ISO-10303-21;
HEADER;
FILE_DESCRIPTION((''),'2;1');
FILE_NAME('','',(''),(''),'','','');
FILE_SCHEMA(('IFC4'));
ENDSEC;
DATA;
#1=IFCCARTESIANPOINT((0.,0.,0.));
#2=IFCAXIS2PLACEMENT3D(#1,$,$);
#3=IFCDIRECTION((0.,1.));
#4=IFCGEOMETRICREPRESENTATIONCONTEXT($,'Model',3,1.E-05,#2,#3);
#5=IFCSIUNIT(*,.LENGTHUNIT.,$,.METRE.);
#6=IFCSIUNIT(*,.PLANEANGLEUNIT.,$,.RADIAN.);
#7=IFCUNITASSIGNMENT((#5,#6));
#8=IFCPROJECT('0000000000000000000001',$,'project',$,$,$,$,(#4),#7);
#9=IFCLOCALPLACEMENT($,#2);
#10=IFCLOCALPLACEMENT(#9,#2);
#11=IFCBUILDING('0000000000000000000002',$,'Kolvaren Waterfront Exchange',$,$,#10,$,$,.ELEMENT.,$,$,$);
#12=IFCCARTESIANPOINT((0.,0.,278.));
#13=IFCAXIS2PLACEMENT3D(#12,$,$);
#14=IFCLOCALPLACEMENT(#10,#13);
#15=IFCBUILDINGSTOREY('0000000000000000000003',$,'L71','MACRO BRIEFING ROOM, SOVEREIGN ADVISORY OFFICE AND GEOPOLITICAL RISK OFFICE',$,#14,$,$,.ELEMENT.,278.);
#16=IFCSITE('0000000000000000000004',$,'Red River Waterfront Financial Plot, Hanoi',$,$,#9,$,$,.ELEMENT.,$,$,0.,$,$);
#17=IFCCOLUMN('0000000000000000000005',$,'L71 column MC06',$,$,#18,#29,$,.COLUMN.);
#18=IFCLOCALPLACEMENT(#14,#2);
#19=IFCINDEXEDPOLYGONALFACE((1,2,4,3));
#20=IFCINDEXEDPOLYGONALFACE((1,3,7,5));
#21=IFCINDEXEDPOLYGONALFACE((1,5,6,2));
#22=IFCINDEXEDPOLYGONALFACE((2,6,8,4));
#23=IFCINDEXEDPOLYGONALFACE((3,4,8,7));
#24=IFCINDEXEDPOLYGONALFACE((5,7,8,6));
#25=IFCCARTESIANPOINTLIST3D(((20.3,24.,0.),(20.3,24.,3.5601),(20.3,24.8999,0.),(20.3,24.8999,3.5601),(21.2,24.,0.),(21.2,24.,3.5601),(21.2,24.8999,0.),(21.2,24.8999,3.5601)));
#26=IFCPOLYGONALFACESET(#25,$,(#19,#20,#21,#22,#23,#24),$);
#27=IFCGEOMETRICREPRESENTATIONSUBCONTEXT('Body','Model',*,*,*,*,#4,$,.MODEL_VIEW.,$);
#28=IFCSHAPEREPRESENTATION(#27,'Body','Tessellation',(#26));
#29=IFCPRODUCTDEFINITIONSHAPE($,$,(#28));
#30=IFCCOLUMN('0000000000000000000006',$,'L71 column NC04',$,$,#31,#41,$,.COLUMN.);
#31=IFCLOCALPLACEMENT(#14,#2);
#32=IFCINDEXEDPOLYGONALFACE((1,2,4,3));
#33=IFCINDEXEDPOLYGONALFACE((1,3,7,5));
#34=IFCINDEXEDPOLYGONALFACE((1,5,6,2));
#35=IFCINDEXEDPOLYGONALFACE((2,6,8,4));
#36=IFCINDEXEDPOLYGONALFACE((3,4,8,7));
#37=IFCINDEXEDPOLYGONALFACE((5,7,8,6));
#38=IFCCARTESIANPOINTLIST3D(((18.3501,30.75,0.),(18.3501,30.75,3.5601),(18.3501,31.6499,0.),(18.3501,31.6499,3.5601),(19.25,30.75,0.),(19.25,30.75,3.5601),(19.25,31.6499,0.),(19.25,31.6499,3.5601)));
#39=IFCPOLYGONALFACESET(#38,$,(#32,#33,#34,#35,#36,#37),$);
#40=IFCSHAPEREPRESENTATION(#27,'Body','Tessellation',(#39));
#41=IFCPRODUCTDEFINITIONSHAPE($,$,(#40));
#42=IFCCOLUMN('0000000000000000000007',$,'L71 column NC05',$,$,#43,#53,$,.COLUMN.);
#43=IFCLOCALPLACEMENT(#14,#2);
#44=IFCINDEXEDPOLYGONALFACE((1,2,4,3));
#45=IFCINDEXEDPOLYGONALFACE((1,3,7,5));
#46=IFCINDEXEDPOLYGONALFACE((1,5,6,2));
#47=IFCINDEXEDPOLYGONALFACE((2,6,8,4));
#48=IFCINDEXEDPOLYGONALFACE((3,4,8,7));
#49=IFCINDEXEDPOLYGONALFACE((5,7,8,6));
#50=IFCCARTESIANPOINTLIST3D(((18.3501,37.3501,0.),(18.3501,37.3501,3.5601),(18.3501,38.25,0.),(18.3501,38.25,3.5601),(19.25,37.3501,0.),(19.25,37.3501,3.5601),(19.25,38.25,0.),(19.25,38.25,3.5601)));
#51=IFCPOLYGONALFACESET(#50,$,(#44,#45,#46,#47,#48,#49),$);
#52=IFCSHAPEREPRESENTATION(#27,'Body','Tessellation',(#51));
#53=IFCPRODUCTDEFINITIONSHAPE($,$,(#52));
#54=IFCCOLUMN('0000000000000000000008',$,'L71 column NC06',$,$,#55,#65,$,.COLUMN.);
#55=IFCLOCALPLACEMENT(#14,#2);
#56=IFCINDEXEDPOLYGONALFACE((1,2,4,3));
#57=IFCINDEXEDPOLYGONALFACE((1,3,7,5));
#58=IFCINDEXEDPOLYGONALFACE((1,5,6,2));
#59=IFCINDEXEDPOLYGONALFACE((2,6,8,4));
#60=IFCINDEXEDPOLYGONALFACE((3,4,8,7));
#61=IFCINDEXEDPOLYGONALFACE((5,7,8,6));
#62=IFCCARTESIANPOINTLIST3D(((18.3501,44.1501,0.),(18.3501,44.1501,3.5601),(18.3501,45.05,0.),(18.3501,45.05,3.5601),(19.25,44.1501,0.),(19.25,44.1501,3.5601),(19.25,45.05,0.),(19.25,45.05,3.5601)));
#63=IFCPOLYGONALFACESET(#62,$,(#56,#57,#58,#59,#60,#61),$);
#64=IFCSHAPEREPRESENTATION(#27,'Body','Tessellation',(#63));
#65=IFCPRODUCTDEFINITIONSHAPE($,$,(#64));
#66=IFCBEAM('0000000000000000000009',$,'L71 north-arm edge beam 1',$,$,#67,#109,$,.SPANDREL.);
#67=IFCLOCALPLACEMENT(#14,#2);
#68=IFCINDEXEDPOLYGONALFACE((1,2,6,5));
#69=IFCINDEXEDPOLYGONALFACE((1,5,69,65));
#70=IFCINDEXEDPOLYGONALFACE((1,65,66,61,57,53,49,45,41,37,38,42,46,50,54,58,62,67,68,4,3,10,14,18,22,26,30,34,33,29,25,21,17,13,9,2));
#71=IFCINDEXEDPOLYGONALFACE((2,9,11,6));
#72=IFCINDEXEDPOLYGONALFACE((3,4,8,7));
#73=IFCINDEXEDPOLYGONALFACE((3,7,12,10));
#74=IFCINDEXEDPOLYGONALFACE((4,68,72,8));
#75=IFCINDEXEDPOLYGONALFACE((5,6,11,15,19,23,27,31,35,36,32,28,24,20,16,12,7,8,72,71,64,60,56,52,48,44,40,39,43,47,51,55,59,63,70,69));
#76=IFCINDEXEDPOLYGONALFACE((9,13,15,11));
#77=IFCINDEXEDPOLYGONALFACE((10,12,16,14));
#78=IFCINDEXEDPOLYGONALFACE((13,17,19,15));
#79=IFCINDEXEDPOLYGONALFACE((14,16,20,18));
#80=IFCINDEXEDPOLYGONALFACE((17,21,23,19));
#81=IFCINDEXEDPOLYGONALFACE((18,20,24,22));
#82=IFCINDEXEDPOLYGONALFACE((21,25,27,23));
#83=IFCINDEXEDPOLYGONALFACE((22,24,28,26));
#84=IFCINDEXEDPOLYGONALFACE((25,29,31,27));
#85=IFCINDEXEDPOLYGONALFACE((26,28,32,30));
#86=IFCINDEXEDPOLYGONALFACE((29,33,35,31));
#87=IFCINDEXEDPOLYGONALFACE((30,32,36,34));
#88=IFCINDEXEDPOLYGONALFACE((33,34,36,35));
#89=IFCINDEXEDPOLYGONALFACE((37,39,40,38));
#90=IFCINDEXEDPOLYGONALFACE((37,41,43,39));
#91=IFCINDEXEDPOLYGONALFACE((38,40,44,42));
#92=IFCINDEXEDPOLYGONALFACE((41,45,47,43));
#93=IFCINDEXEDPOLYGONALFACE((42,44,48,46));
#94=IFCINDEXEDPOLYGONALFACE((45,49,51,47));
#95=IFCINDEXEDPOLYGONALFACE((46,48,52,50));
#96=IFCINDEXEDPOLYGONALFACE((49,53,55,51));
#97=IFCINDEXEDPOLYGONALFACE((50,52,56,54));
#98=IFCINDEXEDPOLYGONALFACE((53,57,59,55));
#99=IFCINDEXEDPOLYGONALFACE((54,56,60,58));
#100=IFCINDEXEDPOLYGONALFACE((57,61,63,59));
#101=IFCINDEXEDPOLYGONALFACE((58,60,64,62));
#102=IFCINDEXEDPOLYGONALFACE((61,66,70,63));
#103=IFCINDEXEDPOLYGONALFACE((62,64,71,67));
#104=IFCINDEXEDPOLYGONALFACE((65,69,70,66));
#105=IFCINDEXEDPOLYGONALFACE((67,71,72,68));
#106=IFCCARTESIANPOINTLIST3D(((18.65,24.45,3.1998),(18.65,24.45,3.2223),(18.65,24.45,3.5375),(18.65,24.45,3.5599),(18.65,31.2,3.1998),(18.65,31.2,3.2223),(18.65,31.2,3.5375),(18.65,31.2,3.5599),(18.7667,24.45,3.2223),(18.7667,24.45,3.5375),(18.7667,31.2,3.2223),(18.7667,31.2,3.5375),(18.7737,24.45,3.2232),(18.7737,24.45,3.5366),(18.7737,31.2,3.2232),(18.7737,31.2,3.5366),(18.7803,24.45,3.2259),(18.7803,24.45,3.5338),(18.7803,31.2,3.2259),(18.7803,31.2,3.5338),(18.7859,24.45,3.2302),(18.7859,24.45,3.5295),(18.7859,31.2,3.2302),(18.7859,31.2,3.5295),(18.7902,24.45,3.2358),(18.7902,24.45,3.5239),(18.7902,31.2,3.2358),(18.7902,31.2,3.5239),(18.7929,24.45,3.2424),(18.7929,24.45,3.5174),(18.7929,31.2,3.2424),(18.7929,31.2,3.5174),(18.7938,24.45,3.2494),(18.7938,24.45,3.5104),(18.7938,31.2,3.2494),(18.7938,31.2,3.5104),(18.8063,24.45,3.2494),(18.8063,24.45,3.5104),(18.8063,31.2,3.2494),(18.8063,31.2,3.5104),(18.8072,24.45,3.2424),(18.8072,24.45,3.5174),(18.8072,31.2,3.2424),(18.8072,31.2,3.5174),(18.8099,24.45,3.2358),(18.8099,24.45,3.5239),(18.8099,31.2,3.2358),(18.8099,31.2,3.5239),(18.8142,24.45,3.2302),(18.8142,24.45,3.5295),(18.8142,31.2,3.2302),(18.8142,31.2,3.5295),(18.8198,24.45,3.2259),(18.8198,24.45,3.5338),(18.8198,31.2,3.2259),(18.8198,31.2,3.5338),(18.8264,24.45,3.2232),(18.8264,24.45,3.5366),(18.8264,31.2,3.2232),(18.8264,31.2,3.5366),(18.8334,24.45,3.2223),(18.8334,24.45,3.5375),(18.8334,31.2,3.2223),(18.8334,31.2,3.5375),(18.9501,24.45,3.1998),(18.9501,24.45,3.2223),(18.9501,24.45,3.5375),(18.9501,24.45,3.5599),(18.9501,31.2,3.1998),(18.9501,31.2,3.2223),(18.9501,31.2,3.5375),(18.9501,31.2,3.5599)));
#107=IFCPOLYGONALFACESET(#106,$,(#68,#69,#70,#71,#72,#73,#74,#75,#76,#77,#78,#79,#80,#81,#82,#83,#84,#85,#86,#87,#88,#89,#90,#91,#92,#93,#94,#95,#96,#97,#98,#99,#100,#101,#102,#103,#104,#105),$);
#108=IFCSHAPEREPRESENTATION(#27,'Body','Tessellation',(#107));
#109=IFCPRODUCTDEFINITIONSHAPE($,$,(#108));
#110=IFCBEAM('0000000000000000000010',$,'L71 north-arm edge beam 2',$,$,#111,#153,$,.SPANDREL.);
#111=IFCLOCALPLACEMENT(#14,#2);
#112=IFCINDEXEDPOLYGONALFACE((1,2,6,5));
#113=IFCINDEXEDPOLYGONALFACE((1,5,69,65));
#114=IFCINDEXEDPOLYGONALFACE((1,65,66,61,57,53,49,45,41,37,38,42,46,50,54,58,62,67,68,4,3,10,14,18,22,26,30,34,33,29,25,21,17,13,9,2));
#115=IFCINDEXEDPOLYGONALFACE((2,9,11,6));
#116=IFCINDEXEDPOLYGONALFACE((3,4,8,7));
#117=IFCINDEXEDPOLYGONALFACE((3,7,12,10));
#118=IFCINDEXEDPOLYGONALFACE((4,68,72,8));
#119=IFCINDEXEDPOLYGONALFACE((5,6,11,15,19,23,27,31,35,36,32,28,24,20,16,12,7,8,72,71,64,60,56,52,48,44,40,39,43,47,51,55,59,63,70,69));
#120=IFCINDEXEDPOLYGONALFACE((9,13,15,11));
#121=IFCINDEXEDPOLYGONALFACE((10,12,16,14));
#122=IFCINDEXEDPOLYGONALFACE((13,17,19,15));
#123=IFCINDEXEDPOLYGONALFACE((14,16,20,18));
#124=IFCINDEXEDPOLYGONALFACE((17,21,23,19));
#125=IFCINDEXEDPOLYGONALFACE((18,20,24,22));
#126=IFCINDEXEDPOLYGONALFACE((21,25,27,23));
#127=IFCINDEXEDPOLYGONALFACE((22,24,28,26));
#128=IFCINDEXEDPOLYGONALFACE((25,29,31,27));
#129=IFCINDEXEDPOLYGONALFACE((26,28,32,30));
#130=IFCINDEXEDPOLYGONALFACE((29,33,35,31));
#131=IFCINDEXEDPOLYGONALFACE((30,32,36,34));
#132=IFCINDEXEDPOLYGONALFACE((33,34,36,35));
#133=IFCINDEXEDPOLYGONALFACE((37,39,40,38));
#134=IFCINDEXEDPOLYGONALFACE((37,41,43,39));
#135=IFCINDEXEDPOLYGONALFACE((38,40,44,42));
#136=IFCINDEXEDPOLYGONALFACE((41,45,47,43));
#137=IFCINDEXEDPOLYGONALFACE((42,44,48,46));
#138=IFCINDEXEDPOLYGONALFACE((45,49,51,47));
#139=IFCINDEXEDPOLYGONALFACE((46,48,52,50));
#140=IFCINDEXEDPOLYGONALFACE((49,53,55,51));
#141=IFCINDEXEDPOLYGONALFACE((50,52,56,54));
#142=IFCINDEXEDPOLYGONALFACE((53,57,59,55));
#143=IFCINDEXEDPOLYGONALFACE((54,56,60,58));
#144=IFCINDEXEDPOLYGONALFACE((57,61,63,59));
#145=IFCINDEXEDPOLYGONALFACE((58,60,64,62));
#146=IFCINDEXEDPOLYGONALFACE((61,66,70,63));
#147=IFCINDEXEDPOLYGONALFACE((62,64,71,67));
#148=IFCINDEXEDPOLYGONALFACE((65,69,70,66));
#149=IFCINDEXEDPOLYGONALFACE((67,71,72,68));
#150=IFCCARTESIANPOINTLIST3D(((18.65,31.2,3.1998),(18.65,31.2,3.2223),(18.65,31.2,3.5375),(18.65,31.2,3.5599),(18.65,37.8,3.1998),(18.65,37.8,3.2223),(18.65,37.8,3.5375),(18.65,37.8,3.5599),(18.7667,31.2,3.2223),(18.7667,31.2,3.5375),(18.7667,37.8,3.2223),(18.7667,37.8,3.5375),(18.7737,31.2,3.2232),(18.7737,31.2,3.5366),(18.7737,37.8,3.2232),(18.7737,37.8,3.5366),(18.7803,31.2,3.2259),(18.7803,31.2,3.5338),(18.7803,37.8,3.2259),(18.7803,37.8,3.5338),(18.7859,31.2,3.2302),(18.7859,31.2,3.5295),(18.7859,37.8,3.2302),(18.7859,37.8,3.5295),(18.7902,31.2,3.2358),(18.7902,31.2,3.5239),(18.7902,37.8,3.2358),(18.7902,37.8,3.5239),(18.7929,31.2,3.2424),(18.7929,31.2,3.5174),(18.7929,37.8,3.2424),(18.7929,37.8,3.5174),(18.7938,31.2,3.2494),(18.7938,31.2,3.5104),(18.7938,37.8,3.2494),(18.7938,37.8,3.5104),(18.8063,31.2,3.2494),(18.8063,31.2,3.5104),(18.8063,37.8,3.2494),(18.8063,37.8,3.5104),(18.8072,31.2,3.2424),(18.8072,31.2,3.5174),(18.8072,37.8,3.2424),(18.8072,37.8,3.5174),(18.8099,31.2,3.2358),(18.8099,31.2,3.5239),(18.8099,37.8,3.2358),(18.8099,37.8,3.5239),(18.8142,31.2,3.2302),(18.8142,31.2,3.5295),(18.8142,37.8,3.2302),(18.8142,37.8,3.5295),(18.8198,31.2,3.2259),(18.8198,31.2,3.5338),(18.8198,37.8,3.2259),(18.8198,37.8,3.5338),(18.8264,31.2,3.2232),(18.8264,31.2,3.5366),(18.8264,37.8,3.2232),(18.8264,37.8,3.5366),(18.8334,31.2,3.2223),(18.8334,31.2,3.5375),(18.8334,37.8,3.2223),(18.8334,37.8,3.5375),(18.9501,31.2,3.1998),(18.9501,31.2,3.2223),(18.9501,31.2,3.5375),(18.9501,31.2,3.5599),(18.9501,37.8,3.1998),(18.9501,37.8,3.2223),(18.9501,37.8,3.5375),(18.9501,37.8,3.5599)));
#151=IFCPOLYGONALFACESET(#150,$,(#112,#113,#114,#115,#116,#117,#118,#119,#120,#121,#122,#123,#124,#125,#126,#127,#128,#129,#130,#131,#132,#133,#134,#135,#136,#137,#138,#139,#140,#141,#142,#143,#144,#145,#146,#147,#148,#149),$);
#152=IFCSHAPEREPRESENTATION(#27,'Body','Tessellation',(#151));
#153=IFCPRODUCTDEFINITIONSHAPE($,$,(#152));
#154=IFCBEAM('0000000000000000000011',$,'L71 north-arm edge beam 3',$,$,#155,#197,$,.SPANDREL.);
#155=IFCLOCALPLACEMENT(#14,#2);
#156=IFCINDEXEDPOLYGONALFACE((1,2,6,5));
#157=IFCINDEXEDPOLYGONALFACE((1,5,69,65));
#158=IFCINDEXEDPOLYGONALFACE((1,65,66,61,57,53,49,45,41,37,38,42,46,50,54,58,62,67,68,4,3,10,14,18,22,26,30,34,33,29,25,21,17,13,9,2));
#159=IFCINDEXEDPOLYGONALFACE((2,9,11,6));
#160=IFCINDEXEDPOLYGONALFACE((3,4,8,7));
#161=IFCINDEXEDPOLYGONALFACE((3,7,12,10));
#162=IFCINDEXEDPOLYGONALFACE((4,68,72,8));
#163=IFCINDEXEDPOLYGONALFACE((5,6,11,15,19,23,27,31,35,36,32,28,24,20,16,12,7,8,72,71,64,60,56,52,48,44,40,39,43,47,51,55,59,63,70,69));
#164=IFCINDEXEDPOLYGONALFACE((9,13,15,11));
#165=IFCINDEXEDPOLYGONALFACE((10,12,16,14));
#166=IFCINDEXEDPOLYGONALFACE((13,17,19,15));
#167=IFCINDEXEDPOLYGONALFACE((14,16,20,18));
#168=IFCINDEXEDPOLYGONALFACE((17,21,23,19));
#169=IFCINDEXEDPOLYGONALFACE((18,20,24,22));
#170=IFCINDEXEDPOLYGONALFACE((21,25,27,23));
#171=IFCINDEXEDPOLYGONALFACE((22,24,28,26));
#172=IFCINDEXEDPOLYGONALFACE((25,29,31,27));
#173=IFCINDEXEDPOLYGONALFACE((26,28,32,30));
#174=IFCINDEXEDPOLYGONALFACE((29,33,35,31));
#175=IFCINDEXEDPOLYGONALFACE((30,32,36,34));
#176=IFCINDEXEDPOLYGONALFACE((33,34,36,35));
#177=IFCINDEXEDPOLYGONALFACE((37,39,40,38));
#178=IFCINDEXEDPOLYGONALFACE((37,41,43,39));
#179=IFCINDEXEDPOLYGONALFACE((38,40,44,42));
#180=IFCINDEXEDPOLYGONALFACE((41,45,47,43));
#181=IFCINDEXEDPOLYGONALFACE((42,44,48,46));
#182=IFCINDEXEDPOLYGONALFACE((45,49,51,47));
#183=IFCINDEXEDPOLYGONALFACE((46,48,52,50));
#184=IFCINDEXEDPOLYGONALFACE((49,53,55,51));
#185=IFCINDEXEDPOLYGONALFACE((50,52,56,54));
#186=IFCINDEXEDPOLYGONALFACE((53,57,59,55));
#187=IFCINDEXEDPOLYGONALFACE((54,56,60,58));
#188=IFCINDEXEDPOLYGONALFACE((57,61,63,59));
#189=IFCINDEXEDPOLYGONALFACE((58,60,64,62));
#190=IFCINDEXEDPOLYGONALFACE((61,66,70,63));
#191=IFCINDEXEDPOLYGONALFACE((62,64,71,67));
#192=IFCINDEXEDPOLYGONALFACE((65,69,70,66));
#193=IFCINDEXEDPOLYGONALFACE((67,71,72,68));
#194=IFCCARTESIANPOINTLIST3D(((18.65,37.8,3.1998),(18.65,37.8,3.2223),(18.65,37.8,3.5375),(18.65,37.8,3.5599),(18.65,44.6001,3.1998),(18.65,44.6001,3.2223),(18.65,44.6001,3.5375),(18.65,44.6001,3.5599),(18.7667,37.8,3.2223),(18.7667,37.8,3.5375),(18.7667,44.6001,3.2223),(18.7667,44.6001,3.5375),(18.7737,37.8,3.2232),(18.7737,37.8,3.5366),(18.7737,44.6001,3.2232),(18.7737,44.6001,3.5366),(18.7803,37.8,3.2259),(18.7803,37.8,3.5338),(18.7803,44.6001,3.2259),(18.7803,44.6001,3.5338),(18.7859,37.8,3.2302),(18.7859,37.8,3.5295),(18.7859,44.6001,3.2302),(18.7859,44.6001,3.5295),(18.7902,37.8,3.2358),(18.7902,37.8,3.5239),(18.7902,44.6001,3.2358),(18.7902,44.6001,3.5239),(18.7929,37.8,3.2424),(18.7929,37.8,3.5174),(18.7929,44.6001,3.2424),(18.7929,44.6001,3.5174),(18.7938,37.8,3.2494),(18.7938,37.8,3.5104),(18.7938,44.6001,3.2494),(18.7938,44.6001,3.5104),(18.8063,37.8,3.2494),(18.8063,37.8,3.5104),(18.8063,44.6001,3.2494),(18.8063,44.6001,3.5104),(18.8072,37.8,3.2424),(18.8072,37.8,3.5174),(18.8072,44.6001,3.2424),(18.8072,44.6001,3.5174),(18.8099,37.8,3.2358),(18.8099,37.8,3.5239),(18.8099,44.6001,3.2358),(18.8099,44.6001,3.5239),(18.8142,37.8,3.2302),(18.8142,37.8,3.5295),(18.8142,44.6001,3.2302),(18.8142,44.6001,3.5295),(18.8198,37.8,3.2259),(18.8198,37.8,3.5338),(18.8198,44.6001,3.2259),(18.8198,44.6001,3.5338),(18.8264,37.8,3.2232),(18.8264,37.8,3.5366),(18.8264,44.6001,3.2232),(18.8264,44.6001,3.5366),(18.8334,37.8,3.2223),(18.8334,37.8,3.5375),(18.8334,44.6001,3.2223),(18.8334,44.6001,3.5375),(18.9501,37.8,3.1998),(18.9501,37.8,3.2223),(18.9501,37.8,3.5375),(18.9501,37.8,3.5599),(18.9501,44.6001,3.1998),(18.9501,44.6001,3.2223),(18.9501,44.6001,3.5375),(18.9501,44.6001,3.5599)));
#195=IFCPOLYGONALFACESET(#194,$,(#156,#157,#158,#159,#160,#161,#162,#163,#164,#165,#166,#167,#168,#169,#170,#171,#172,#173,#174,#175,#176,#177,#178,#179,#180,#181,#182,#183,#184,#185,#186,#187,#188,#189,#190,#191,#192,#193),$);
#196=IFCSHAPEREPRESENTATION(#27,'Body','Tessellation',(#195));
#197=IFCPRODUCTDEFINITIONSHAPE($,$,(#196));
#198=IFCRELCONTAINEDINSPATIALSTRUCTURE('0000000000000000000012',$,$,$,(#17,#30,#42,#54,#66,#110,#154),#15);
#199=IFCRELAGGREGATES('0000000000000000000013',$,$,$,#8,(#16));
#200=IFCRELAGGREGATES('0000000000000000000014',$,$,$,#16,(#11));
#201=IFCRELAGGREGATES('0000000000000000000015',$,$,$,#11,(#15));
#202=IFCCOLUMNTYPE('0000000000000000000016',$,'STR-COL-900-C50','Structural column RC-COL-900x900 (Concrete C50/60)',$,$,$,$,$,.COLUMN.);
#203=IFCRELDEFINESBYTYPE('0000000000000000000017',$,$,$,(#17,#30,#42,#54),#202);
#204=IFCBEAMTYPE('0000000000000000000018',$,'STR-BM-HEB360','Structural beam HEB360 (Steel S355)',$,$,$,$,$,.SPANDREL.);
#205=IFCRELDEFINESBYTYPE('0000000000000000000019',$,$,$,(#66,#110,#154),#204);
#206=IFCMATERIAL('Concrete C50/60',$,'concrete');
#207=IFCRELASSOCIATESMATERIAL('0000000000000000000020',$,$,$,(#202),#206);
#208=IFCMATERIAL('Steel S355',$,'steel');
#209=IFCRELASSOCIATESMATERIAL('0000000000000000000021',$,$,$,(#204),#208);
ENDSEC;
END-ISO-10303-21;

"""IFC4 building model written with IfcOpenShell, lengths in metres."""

from ifc_helpers import new_model, si_unit, direction, frame, origin, origin_2d, place, context, subcontext, project, spatial, rectangle, i_section, extrude, material, material_profile, profile_set, type_object, element, save


model = new_model("IFC4")

# Units and contexts
model_context = context("Model", 3, precision=1e-05, world=origin(), true_north=direction((0.0, 1.0)))
body_context = subcontext(model_context, "Body", "Model", "MODEL_VIEW")
ifc_project = project(units=[si_unit("LENGTHUNIT", "METRE"), si_unit("PLANEANGLEUNIT", "RADIAN")], contexts=[model_context])

# Site, building, storey
site_placement = place(None, origin())
site = spatial("IfcSite", under=ifc_project, at=site_placement, Name="Red River Waterfront Financial Plot, Hanoi", CompositionType="ELEMENT", RefElevation=0.0)
building_placement = place(site_placement, origin())
building = spatial("IfcBuilding", under=site, at=building_placement, Name="Kolvaren Waterfront Exchange", CompositionType="ELEMENT")
storey_placement = place(building_placement, frame((0.0, 0.0, 278.0)))
storey = spatial("IfcBuildingStorey", under=building, at=storey_placement, Name="L71", Description="MACRO BRIEFING ROOM, SOVEREIGN ADVISORY OFFICE AND GEOPOLITICAL RISK OFFICE", CompositionType="ELEMENT", Elevation=278.0)

# Columns
ifc_material_1 = material(Name="Concrete C50/60", Category="concrete")
ifc_material_profile_1 = material_profile(ifc_material_1, rectangle(XDim=0.8999, YDim=0.8999, at=origin_2d()), Name="RC-COL-900x900")
ifc_profile_set_1 = profile_set([ifc_material_profile_1], Name="Concrete C50/60")
column_type = type_object("IfcColumnType", Name="STR-COL-900-C50", Description="Structural column RC-COL-900x900 (Concrete C50/60)", PredefinedType="COLUMN", material=ifc_profile_set_1)
for number, where, z_axis, x_axis, name in (
    (1, (20.75, 24.45, 0.0), (0.0, 0.0, 1.0), (1.0, 0.0, 0.0), "L71 column MC06"),
    (2, (18.8, 31.2, 0.0), (0.0, 0.0, 1.0), (1.0, 0.0, 0.0), "L71 column NC04"),
    (3, (18.8, 37.8, 0.0), (0.0, 0.0, 1.0), (1.0, 0.0, 0.0), "L71 column NC05"),
    (4, (18.8, 44.6001, 0.0), (0.0, 0.0, 1.0), (1.0, 0.0, 0.0), "L71 column NC06"),
):
    element("IfcColumn", number, at=place(storey_placement, frame(where, z_axis=z_axis, x_axis=x_axis)), inside=storey, type_object=column_type, Name=name, PredefinedType="COLUMN", context=body_context, shape_type="SweptSolid", body=[
        extrude(rectangle(XDim=0.8999, YDim=0.8999, at=origin_2d()), origin(), (0.0, 0.0, 1.0), 3.5601),
    ])

# Beams
ifc_material_2 = material(Name="Steel S355", Category="steel")
ifc_material_profile_2 = material_profile(ifc_material_2, i_section(OverallWidth=0.3, OverallDepth=0.3601, WebThickness=0.0125, FlangeThickness=0.0225, FilletRadius=0.0271, at=origin_2d()), Name="HEB360")
ifc_profile_set_2 = profile_set([ifc_material_profile_2], Name="Steel S355")
beam_type = type_object("IfcBeamType", Name="STR-BM-HEB360", Description="Structural beam HEB360 (Steel S355)", PredefinedType="SPANDREL", material=ifc_profile_set_2)
beam_1_placement = place(storey_placement, frame((18.8, 24.45, 3.3799), z_axis=(0.0, 1.0, 0.0), x_axis=(-1.0, 0.0, 0.0)))
element("IfcBeam", 5, at=beam_1_placement, inside=storey, type_object=beam_type, Name="L71 north-arm edge beam 1", PredefinedType="SPANDREL", context=body_context, shape_type="SweptSolid", body=[
    extrude(i_section(OverallWidth=0.3, OverallDepth=0.3601, WebThickness=0.0125, FlangeThickness=0.0225, FilletRadius=0.0271, at=origin_2d()), origin(), (0.0, 0.0, 1.0), 6.75),
])
beam_2_placement = place(storey_placement, frame((18.8, 31.2, 3.3799), z_axis=(0.0, 1.0, 0.0), x_axis=(-1.0, 0.0, 0.0)))
element("IfcBeam", 6, at=beam_2_placement, inside=storey, type_object=beam_type, Name="L71 north-arm edge beam 2", PredefinedType="SPANDREL", context=body_context, shape_type="SweptSolid", body=[
    extrude(i_section(OverallWidth=0.3, OverallDepth=0.3601, WebThickness=0.0125, FlangeThickness=0.0225, FilletRadius=0.0271, at=origin_2d()), origin(), (0.0, 0.0, 1.0), 6.6001),
])
beam_3_placement = place(storey_placement, frame((18.8, 37.8, 3.3799), z_axis=(0.0, 1.0, 0.0), x_axis=(-1.0, 0.0, 0.0)))
element("IfcBeam", 7, at=beam_3_placement, inside=storey, type_object=beam_type, Name="L71 north-arm edge beam 3", PredefinedType="SPANDREL", context=body_context, shape_type="SweptSolid", body=[
    extrude(i_section(OverallWidth=0.3, OverallDepth=0.3601, WebThickness=0.0125, FlangeThickness=0.0225, FilletRadius=0.0271, at=origin_2d()), origin(), (0.0, 0.0, 1.0), 6.8),
])

save(model, "model.ifc")
